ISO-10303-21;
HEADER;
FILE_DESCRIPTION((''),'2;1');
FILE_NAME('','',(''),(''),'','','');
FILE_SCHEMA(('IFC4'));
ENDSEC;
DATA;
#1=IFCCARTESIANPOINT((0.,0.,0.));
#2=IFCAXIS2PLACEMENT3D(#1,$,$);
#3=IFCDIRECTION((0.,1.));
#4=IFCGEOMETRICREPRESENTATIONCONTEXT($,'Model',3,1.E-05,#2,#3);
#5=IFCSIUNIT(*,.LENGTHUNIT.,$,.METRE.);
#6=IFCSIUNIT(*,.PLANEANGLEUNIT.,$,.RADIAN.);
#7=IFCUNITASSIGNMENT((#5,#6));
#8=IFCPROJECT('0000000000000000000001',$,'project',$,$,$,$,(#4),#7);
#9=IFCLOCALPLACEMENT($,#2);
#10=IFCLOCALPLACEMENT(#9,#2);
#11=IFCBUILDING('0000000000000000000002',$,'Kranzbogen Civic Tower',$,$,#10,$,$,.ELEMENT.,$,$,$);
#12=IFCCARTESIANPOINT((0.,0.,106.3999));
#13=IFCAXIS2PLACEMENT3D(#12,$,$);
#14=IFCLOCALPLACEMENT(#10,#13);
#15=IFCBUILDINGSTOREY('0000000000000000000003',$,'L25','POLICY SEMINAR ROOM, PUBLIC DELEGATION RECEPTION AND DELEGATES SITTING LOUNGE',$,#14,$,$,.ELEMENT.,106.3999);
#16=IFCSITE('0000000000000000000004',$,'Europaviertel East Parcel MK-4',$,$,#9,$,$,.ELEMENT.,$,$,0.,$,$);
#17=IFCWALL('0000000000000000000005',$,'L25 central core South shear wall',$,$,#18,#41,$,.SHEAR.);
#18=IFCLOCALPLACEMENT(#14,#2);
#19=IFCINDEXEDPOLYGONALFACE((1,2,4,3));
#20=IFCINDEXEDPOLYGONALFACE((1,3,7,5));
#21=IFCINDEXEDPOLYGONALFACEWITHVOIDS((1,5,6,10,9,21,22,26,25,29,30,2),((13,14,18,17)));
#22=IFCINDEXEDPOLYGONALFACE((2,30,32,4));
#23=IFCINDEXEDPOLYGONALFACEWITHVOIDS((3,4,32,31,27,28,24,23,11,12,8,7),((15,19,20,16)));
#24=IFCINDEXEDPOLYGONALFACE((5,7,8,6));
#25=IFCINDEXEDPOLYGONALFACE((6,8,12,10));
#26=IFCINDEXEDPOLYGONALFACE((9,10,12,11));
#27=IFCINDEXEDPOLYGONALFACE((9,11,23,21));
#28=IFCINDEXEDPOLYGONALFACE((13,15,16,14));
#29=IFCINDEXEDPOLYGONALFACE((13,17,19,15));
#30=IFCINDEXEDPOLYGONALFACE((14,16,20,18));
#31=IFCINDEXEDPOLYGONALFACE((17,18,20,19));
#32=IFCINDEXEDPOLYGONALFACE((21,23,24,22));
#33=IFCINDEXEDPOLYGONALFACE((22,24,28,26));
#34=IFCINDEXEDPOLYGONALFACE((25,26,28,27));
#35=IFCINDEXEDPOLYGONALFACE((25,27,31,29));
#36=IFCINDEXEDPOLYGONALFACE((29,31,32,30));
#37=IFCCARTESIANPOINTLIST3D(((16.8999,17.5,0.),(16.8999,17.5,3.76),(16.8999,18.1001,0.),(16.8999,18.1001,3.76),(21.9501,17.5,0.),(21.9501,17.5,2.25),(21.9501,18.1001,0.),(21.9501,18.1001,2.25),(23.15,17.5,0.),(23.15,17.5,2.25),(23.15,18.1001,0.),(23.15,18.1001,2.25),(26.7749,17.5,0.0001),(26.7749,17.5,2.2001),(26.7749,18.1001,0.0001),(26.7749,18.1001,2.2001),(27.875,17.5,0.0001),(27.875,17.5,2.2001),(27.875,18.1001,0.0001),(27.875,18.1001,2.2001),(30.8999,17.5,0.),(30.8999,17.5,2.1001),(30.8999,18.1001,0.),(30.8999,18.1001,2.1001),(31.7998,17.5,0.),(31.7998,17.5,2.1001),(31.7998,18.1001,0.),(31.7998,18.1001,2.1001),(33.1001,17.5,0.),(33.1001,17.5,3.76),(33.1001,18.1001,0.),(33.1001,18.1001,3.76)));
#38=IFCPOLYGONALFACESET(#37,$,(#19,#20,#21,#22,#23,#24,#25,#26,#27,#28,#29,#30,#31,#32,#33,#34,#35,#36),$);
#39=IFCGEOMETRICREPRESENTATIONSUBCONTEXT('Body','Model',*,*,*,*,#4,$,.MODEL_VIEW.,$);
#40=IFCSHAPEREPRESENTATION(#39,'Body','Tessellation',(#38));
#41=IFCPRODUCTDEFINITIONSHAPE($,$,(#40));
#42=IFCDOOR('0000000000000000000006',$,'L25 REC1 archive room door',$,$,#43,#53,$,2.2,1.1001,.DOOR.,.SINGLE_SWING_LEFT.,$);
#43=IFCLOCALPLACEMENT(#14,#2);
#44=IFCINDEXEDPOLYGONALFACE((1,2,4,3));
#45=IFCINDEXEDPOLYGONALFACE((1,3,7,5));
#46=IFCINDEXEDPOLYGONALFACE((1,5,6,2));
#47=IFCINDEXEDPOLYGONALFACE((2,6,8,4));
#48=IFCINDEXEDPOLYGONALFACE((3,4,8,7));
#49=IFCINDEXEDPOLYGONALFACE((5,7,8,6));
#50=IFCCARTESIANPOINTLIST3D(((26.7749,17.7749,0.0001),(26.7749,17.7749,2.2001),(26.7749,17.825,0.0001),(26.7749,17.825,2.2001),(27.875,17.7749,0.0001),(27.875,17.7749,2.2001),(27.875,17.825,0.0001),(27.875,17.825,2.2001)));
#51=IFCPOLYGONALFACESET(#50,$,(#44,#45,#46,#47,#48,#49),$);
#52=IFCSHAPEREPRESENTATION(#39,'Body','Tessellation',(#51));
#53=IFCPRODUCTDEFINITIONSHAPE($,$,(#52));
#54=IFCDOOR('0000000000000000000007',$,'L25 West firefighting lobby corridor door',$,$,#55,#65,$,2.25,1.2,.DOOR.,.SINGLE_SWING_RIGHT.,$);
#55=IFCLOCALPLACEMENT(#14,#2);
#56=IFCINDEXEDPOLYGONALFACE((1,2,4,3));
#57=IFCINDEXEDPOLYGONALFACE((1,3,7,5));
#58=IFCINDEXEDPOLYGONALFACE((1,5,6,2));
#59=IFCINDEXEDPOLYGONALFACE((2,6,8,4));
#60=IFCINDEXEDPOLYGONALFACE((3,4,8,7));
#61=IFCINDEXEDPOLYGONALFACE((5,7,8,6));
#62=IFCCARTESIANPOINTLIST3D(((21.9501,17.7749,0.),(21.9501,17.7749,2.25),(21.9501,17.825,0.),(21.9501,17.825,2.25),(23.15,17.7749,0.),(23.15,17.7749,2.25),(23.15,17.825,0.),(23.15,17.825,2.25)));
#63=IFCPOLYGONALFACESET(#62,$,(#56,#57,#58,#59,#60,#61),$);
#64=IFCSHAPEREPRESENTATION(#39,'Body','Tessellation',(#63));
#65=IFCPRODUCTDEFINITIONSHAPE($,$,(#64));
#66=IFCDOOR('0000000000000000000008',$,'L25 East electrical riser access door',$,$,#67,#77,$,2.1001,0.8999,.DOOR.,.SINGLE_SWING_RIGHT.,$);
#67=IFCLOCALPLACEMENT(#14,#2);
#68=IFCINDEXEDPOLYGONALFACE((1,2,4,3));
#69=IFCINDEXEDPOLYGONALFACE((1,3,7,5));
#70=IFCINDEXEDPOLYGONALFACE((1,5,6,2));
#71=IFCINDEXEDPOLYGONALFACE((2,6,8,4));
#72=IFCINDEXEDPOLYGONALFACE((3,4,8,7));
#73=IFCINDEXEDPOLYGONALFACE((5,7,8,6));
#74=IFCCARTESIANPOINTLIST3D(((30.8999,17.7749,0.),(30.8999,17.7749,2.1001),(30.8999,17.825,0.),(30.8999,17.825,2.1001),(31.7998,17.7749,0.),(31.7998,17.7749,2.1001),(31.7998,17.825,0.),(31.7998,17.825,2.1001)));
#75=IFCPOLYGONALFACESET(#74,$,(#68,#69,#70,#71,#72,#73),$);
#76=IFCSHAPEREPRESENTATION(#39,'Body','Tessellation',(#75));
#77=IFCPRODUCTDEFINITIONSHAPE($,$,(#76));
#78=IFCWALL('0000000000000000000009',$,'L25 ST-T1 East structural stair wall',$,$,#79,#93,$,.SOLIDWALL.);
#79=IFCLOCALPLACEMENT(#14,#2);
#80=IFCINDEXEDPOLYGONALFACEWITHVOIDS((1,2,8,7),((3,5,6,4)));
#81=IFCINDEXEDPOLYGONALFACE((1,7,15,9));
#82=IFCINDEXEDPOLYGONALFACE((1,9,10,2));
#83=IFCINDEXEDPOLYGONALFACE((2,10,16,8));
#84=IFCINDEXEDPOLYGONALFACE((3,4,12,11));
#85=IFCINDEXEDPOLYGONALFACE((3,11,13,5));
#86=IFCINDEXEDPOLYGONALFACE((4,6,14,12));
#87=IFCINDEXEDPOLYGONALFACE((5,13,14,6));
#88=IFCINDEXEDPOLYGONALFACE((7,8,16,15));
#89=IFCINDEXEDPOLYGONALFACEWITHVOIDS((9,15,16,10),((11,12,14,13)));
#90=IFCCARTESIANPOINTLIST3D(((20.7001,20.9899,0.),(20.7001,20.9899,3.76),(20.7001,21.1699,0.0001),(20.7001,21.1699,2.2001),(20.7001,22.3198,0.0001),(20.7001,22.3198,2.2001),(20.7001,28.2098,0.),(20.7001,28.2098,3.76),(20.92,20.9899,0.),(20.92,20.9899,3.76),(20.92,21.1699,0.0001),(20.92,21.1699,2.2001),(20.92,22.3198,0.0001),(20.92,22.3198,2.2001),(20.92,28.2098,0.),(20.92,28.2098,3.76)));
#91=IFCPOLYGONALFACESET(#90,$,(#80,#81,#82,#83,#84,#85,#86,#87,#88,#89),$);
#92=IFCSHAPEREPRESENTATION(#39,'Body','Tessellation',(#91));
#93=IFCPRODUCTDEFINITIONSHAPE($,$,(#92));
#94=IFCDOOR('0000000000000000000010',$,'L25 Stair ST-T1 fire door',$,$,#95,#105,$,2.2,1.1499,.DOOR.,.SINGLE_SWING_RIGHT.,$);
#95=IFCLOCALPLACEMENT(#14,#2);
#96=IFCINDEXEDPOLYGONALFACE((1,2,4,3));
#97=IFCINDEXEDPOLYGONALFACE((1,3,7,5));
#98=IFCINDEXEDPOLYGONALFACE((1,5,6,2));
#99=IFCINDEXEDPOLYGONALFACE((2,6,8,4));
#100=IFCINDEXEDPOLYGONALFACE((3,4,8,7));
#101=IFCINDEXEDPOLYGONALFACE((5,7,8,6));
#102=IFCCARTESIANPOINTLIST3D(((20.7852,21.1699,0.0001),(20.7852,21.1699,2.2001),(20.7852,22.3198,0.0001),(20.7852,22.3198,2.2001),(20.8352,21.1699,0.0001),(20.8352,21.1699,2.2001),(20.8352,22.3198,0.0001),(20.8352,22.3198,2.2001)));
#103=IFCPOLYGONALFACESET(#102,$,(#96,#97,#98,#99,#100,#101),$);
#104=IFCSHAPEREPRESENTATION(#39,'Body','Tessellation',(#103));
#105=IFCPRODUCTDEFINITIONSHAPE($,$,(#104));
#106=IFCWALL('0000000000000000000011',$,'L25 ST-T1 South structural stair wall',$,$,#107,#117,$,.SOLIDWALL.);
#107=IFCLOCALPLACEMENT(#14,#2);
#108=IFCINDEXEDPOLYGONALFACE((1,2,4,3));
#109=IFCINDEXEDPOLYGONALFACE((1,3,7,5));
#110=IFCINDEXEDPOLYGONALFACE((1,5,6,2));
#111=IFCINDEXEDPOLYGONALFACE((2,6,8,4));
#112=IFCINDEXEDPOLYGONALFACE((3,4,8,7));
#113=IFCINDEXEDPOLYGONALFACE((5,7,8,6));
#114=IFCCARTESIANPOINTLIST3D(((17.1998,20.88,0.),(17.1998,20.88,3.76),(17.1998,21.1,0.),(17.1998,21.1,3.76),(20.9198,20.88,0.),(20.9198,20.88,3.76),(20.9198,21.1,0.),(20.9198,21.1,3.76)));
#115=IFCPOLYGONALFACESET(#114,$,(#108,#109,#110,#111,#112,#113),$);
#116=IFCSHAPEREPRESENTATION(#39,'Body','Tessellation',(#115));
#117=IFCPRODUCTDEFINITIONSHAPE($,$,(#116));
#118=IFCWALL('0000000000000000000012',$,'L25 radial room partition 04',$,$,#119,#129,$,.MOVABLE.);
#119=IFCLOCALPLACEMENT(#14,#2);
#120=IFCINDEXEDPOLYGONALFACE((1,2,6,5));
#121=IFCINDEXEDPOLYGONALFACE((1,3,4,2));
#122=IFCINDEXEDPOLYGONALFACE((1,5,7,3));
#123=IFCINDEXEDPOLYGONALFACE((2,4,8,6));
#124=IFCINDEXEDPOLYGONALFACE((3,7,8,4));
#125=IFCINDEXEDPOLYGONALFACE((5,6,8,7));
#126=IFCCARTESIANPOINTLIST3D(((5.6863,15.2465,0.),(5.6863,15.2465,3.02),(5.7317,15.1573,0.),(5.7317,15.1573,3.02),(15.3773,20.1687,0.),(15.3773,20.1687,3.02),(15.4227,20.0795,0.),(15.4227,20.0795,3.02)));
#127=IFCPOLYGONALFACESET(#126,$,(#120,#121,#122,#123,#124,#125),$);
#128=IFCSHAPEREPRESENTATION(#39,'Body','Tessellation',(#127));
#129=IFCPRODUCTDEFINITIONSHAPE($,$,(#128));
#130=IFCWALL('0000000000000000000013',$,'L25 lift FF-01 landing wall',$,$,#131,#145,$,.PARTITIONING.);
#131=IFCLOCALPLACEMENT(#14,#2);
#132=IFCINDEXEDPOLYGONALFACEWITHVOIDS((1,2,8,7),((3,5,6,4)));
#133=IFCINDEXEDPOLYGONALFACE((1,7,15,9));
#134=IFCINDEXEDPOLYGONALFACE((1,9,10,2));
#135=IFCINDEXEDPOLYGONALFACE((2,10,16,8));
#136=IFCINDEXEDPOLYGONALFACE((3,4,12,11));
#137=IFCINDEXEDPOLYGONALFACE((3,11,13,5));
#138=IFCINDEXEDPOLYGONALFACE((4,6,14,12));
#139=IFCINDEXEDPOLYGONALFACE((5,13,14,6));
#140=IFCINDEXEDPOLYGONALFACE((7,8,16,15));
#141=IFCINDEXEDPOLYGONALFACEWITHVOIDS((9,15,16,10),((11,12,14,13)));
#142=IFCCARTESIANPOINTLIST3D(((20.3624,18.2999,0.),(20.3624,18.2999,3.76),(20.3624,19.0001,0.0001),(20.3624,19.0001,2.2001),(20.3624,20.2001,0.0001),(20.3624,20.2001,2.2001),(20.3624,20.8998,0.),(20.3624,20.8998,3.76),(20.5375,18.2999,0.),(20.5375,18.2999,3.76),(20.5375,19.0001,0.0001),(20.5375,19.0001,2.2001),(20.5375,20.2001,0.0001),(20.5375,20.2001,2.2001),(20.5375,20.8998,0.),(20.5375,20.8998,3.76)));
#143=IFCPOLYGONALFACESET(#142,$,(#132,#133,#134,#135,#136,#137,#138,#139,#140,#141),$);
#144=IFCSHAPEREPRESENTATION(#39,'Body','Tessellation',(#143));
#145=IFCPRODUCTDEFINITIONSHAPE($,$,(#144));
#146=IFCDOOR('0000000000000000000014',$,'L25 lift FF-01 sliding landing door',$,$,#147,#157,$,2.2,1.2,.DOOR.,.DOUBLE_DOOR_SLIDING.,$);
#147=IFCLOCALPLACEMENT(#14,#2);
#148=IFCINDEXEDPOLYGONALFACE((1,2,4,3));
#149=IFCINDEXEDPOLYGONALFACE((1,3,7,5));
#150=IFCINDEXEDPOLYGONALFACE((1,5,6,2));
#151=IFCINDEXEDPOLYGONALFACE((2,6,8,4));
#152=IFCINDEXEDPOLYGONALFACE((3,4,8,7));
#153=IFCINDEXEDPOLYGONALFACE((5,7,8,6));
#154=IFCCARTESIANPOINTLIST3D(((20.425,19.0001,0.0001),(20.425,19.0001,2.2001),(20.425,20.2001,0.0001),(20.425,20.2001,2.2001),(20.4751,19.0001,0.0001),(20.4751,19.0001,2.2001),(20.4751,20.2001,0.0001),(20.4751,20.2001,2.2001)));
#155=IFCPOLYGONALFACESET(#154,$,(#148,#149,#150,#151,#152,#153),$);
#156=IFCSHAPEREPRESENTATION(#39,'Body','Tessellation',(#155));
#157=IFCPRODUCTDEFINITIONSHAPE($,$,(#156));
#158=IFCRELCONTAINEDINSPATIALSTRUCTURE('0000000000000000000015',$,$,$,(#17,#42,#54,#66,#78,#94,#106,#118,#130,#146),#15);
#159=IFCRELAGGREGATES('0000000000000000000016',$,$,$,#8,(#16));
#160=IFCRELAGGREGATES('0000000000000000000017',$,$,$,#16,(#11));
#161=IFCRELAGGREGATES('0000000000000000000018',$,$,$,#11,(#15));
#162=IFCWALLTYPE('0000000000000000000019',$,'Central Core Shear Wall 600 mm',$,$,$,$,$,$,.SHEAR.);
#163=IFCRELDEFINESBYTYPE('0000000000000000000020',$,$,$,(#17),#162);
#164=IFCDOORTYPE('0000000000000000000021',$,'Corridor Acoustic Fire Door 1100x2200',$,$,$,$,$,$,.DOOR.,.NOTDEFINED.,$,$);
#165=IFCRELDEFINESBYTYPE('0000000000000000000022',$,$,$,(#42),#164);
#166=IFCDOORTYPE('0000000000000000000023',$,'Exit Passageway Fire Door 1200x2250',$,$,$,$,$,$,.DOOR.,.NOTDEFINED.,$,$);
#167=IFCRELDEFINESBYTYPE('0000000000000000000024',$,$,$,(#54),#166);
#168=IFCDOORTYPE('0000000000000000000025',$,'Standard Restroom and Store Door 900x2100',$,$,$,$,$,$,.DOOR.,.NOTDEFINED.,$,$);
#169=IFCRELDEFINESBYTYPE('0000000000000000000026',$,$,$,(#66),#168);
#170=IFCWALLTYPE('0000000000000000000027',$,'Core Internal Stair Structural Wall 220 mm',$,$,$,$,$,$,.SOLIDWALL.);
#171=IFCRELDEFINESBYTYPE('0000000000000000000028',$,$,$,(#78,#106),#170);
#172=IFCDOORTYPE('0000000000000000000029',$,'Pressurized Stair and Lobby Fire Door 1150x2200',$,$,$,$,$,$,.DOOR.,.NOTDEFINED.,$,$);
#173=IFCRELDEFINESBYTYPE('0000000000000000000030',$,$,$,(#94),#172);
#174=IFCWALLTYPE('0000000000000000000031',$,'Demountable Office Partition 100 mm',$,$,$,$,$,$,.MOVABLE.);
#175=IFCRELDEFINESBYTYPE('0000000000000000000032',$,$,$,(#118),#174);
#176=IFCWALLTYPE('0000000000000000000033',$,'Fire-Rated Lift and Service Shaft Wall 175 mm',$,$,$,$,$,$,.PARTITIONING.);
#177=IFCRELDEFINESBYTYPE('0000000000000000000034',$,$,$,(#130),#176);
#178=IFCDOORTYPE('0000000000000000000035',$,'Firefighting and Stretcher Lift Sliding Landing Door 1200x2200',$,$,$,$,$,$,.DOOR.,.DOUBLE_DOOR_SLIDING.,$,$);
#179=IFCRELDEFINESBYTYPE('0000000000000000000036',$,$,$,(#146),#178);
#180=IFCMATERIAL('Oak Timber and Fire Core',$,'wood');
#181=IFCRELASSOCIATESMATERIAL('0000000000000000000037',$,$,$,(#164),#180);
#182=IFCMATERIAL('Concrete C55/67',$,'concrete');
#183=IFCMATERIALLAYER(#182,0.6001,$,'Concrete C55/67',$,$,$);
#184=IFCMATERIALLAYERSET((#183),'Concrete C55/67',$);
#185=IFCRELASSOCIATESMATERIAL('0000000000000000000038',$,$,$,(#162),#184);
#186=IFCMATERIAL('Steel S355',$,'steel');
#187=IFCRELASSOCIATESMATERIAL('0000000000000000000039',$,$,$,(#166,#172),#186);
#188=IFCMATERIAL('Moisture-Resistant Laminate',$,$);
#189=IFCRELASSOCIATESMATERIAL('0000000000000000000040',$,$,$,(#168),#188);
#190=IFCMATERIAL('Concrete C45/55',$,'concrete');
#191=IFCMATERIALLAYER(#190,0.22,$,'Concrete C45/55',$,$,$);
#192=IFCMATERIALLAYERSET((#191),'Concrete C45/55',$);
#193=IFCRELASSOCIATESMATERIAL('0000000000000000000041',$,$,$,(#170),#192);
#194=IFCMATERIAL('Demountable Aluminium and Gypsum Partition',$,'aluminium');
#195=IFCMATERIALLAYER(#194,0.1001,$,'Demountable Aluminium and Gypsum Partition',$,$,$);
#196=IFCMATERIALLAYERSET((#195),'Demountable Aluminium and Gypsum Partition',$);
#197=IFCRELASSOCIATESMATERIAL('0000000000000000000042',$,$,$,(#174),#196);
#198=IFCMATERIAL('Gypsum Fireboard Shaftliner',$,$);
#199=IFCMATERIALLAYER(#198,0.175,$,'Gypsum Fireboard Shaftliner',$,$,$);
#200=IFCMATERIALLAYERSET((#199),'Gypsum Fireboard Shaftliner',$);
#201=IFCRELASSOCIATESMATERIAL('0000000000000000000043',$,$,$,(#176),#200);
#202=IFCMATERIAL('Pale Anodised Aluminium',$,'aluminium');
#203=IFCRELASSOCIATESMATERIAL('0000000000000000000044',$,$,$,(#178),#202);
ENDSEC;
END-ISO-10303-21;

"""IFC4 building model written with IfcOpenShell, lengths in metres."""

from ifc_helpers import new_model, si_unit, direction, frame, frame_2d, origin, place, context, subcontext, project, spatial, rectangle, extrude, material, layer, layer_set, type_object, element, fill, save


model = new_model("IFC4")

# Units and contexts
model_context = context("Model", 3, precision=1e-05, world=origin(), true_north=direction((0.0, 1.0)))
body_context = subcontext(model_context, "Body", "Model", "MODEL_VIEW")
ifc_project = project(units=[si_unit("LENGTHUNIT", "METRE"), si_unit("PLANEANGLEUNIT", "RADIAN")], contexts=[model_context])

# Site, building, storey
site_placement = place(None, origin())
site = spatial("IfcSite", under=ifc_project, at=site_placement, Name="Europaviertel East Parcel MK-4", CompositionType="ELEMENT", RefElevation=0.0)
building_placement = place(site_placement, origin())
building = spatial("IfcBuilding", under=site, at=building_placement, Name="Kranzbogen Civic Tower", CompositionType="ELEMENT")
storey_placement = place(building_placement, frame((0.0, 0.0, 106.3999)))
storey = spatial("IfcBuildingStorey", under=building, at=storey_placement, Name="L25", Description="POLICY SEMINAR ROOM, PUBLIC DELEGATION RECEPTION AND DELEGATES SITTING LOUNGE", CompositionType="ELEMENT", Elevation=106.3999)

# Shared definitions
ifc_material_1 = material(Name="Steel S355", Category="steel")

# Shared definitions
ifc_material_2 = material(Name="Oak Timber and Fire Core", Category="wood")
door_type_1 = type_object("IfcDoorType", Name="Corridor Acoustic Fire Door 1100x2200", OperationType="NOTDEFINED", PredefinedType="DOOR", material=ifc_material_2)

# Wall, openings, doors
ifc_material_3 = material(Name="Concrete C55/67", Category="concrete")
ifc_layer_1 = layer(ifc_material_3, 0.6001, Name="Concrete C55/67")
ifc_layer_set_1 = layer_set([ifc_layer_1], Name="Concrete C55/67")
wall_type_1 = type_object("IfcWallType", Name="Central Core Shear Wall 600 mm", PredefinedType="SHEAR", material=ifc_layer_set_1)
wall_1_placement = place(storey_placement, frame((16.8999, 17.8, 0.0), z_axis=(0.0, 0.0, 1.0), x_axis=(1.0, 0.0, 0.0)))
wall_1 = element("IfcWall", 1, at=wall_1_placement, inside=storey, type_object=wall_type_1, Name="L25 central core South shear wall", PredefinedType="SHEAR", context=body_context, shape_type="SweptSolid", body=[
    extrude(rectangle(XDim=16.2002, YDim=0.6001, at=frame_2d((8.1001, 0.0))), origin(), (0.0, 0.0, 1.0), 3.76),
])
opening_1_placement = place(wall_1_placement, frame((5.05, 0.0, 0.0)))
opening_1 = element("IfcOpeningElement", 2, at=opening_1_placement, cuts=wall_1, PredefinedType="OPENING", context=body_context, shape_type="SweptSolid", body=[
    extrude(rectangle(XDim=1.2, YDim=2.25, at=frame_2d((0.6001, 1.125))), frame((0.0, 0.3101, 0.0), z_axis=(0.0, -1.0, 0.0), x_axis=(1.0, 0.0, 0.0)), (0.0, 0.0, 1.0), 0.6201),
])
opening_2_placement = place(wall_1_placement, frame((14.0, 0.0, 0.0)))
opening_2 = element("IfcOpeningElement", 3, at=opening_2_placement, cuts=wall_1, PredefinedType="OPENING", context=body_context, shape_type="SweptSolid", body=[
    extrude(rectangle(XDim=0.8999, YDim=2.1001, at=frame_2d((0.45, 1.05))), frame((0.0, 0.3101, 0.0), z_axis=(0.0, -1.0, 0.0), x_axis=(1.0, 0.0, 0.0)), (0.0, 0.0, 1.0), 0.6201),
])
opening_3_placement = place(wall_1_placement, frame((9.875, 0.0, 0.0)))
opening_3 = element("IfcOpeningElement", 4, at=opening_3_placement, cuts=wall_1, PredefinedType="OPENING", context=body_context, shape_type="SweptSolid", body=[
    extrude(rectangle(XDim=1.1001, YDim=2.2, at=frame_2d((0.55, 1.1001))), frame((0.0, 0.3101, 0.0), z_axis=(0.0, -1.0, 0.0), x_axis=(1.0, 0.0, 0.0)), (0.0, 0.0, 1.0), 0.6201),
])
door_1_placement = place(opening_3_placement, origin())
door_1 = element("IfcDoor", 5, at=door_1_placement, inside=storey, type_object=door_type_1, Name="L25 REC1 archive room door", OperationType="SINGLE_SWING_LEFT", OverallHeight=2.2, OverallWidth=1.1001, PredefinedType="DOOR", context=body_context, shape_type="SweptSolid", body=[
    extrude(rectangle(XDim=1.1001, YDim=2.2, at=frame_2d((0.55, 1.1001))), frame((0.0, 0.0249, 0.0), z_axis=(0.0, -1.0, 0.0), x_axis=(1.0, 0.0, 0.0)), (0.0, 0.0, 1.0), 0.05),
])
fill(opening_3, door_1)
door_type_2 = type_object("IfcDoorType", Name="Exit Passageway Fire Door 1200x2250", OperationType="NOTDEFINED", PredefinedType="DOOR", material=ifc_material_1)
door_2_placement = place(opening_1_placement, origin())
door_2 = element("IfcDoor", 6, at=door_2_placement, inside=storey, type_object=door_type_2, Name="L25 West firefighting lobby corridor door", OperationType="SINGLE_SWING_RIGHT", OverallHeight=2.25, OverallWidth=1.2, PredefinedType="DOOR", context=body_context, shape_type="SweptSolid", body=[
    extrude(rectangle(XDim=1.2, YDim=2.25, at=frame_2d((0.6001, 1.125))), frame((0.0, 0.0249, 0.0), z_axis=(0.0, -1.0, 0.0), x_axis=(1.0, 0.0, 0.0)), (0.0, 0.0, 1.0), 0.05),
])
fill(opening_1, door_2)
ifc_material_4 = material(Name="Moisture-Resistant Laminate")
door_type_3 = type_object("IfcDoorType", Name="Standard Restroom and Store Door 900x2100", OperationType="NOTDEFINED", PredefinedType="DOOR", material=ifc_material_4)
door_3_placement = place(opening_2_placement, origin())
door_3 = element("IfcDoor", 7, at=door_3_placement, inside=storey, type_object=door_type_3, Name="L25 East electrical riser access door", OperationType="SINGLE_SWING_RIGHT", OverallHeight=2.1001, OverallWidth=0.8999, PredefinedType="DOOR", context=body_context, shape_type="SweptSolid", body=[
    extrude(rectangle(XDim=0.8999, YDim=2.1001, at=frame_2d((0.45, 1.05))), frame((0.0, 0.0249, 0.0), z_axis=(0.0, -1.0, 0.0), x_axis=(1.0, 0.0, 0.0)), (0.0, 0.0, 1.0), 0.05),
])
fill(opening_2, door_3)

# Wall, opening, door
ifc_material_5 = material(Name="Concrete C45/55", Category="concrete")
ifc_layer_2 = layer(ifc_material_5, 0.22, Name="Concrete C45/55")
ifc_layer_set_2 = layer_set([ifc_layer_2], Name="Concrete C45/55")
wall_type_2 = type_object("IfcWallType", Name="Core Internal Stair Structural Wall 220 mm", PredefinedType="SOLIDWALL", material=ifc_layer_set_2)
wall_2_placement = place(storey_placement, frame((20.8101, 20.99, 0.0), z_axis=(0.0, 0.0, 1.0), x_axis=(0.0, 1.0, 0.0)))
wall_2 = element("IfcWall", 8, at=wall_2_placement, inside=storey, type_object=wall_type_2, Name="L25 ST-T1 East structural stair wall", PredefinedType="SOLIDWALL", context=body_context, shape_type="SweptSolid", body=[
    extrude(rectangle(XDim=7.22, YDim=0.22, at=frame_2d((3.6099, 0.0))), origin(), (0.0, 0.0, 1.0), 3.76),
])
opening_4_placement = place(wall_2_placement, frame((0.1799, 0.0, 0.0)))
opening_4 = element("IfcOpeningElement", 9, at=opening_4_placement, cuts=wall_2, PredefinedType="OPENING", context=body_context, shape_type="SweptSolid", body=[
    extrude(rectangle(XDim=1.1499, YDim=2.2, at=frame_2d((0.575, 1.1001))), frame((0.0, 0.1201, 0.0), z_axis=(0.0, -1.0, 0.0), x_axis=(1.0, 0.0, 0.0)), (0.0, 0.0, 1.0), 0.24),
])
door_type_4 = type_object("IfcDoorType", Name="Pressurized Stair and Lobby Fire Door 1150x2200", OperationType="NOTDEFINED", PredefinedType="DOOR", material=ifc_material_1)
door_4_placement = place(opening_4_placement, origin())
door_4 = element("IfcDoor", 10, at=door_4_placement, inside=storey, type_object=door_type_4, Name="L25 Stair ST-T1 fire door", OperationType="SINGLE_SWING_RIGHT", OverallHeight=2.2, OverallWidth=1.1499, PredefinedType="DOOR", context=body_context, shape_type="SweptSolid", body=[
    extrude(rectangle(XDim=1.1499, YDim=2.2, at=frame_2d((0.575, 1.1001))), frame((0.0, 0.0249, 0.0), z_axis=(0.0, -1.0, 0.0), x_axis=(1.0, 0.0, 0.0)), (0.0, 0.0, 1.0), 0.05),
])
fill(opening_4, door_4)

# Walls
wall_3_placement = place(storey_placement, frame((17.2, 20.99, 0.0), z_axis=(0.0, 0.0, 1.0), x_axis=(1.0, 0.0, 0.0)))
element("IfcWall", 11, at=wall_3_placement, inside=storey, type_object=wall_type_2, Name="L25 ST-T1 South structural stair wall", PredefinedType="SOLIDWALL", context=body_context, shape_type="SweptSolid", body=[
    extrude(rectangle(XDim=3.72, YDim=0.22, at=frame_2d((1.8599, 0.0))), origin(), (0.0, 0.0, 1.0), 3.76),
])
ifc_material_6 = material(Name="Demountable Aluminium and Gypsum Partition", Category="aluminium")
ifc_layer_3 = layer(ifc_material_6, 0.1001, Name="Demountable Aluminium and Gypsum Partition")
ifc_layer_set_3 = layer_set([ifc_layer_3], Name="Demountable Aluminium and Gypsum Partition")
wall_type_3 = type_object("IfcWallType", Name="Demountable Office Partition 100 mm", PredefinedType="MOVABLE", material=ifc_layer_set_3)
wall_4_placement = place(storey_placement, frame((15.3999, 20.124, 0.0), z_axis=(0.0, 0.0, 1.0), x_axis=(-0.891588, -0.452847, 0.0)))
element("IfcWall", 12, at=wall_4_placement, inside=storey, type_object=wall_type_3, Name="L25 radial room partition 04", PredefinedType="MOVABLE", context=body_context, shape_type="SweptSolid", body=[
    extrude(rectangle(XDim=10.8694, YDim=0.1001, at=frame_2d((5.4346, 0.0))), origin(), (0.0, 0.0, 1.0), 3.02),
])

# Wall, opening, door
ifc_material_7 = material(Name="Gypsum Fireboard Shaftliner")
ifc_layer_4 = layer(ifc_material_7, 0.175, Name="Gypsum Fireboard Shaftliner")
ifc_layer_set_4 = layer_set([ifc_layer_4], Name="Gypsum Fireboard Shaftliner")
wall_type_4 = type_object("IfcWallType", Name="Fire-Rated Lift and Service Shaft Wall 175 mm", PredefinedType="PARTITIONING", material=ifc_layer_set_4)
wall_5_placement = place(storey_placement, frame((20.45, 18.3, 0.0), z_axis=(0.0, 0.0, 1.0), x_axis=(0.0, 1.0, 0.0)))
wall_5 = element("IfcWall", 13, at=wall_5_placement, inside=storey, type_object=wall_type_4, Name="L25 lift FF-01 landing wall", PredefinedType="PARTITIONING", context=body_context, shape_type="SweptSolid", body=[
    extrude(rectangle(XDim=2.5999, YDim=0.175, at=frame_2d((1.2998, 0.0))), origin(), (0.0, 0.0, 1.0), 3.76),
])
opening_5_placement = place(wall_5_placement, frame((0.7, 0.0, 0.0)))
opening_5 = element("IfcOpeningElement", 14, at=opening_5_placement, cuts=wall_5, PredefinedType="OPENING", context=body_context, shape_type="SweptSolid", body=[
    extrude(rectangle(XDim=1.2, YDim=2.2, at=frame_2d((0.6001, 1.1001))), frame((0.0, 0.0977, 0.0), z_axis=(0.0, -1.0, 0.0), x_axis=(1.0, 0.0, 0.0)), (0.0, 0.0, 1.0), 0.1951),
])
ifc_material_8 = material(Name="Pale Anodised Aluminium", Category="aluminium")
door_type_5 = type_object("IfcDoorType", Name="Firefighting and Stretcher Lift Sliding Landing Door 1200x2200", OperationType="DOUBLE_DOOR_SLIDING", PredefinedType="DOOR", material=ifc_material_8)
door_5_placement = place(opening_5_placement, origin())
door_5 = element("IfcDoor", 15, at=door_5_placement, inside=storey, type_object=door_type_5, Name="L25 lift FF-01 sliding landing door", OperationType="DOUBLE_DOOR_SLIDING", OverallHeight=2.2, OverallWidth=1.2, PredefinedType="DOOR", context=body_context, shape_type="SweptSolid", body=[
    extrude(rectangle(XDim=1.2, YDim=2.2, at=frame_2d((0.6001, 1.1001))), frame((0.0, 0.0249, 0.0), z_axis=(0.0, -1.0, 0.0), x_axis=(1.0, 0.0, 0.0)), (0.0, 0.0, 1.0), 0.05),
])
fill(opening_5, door_5)

save(model, "model.ifc")
